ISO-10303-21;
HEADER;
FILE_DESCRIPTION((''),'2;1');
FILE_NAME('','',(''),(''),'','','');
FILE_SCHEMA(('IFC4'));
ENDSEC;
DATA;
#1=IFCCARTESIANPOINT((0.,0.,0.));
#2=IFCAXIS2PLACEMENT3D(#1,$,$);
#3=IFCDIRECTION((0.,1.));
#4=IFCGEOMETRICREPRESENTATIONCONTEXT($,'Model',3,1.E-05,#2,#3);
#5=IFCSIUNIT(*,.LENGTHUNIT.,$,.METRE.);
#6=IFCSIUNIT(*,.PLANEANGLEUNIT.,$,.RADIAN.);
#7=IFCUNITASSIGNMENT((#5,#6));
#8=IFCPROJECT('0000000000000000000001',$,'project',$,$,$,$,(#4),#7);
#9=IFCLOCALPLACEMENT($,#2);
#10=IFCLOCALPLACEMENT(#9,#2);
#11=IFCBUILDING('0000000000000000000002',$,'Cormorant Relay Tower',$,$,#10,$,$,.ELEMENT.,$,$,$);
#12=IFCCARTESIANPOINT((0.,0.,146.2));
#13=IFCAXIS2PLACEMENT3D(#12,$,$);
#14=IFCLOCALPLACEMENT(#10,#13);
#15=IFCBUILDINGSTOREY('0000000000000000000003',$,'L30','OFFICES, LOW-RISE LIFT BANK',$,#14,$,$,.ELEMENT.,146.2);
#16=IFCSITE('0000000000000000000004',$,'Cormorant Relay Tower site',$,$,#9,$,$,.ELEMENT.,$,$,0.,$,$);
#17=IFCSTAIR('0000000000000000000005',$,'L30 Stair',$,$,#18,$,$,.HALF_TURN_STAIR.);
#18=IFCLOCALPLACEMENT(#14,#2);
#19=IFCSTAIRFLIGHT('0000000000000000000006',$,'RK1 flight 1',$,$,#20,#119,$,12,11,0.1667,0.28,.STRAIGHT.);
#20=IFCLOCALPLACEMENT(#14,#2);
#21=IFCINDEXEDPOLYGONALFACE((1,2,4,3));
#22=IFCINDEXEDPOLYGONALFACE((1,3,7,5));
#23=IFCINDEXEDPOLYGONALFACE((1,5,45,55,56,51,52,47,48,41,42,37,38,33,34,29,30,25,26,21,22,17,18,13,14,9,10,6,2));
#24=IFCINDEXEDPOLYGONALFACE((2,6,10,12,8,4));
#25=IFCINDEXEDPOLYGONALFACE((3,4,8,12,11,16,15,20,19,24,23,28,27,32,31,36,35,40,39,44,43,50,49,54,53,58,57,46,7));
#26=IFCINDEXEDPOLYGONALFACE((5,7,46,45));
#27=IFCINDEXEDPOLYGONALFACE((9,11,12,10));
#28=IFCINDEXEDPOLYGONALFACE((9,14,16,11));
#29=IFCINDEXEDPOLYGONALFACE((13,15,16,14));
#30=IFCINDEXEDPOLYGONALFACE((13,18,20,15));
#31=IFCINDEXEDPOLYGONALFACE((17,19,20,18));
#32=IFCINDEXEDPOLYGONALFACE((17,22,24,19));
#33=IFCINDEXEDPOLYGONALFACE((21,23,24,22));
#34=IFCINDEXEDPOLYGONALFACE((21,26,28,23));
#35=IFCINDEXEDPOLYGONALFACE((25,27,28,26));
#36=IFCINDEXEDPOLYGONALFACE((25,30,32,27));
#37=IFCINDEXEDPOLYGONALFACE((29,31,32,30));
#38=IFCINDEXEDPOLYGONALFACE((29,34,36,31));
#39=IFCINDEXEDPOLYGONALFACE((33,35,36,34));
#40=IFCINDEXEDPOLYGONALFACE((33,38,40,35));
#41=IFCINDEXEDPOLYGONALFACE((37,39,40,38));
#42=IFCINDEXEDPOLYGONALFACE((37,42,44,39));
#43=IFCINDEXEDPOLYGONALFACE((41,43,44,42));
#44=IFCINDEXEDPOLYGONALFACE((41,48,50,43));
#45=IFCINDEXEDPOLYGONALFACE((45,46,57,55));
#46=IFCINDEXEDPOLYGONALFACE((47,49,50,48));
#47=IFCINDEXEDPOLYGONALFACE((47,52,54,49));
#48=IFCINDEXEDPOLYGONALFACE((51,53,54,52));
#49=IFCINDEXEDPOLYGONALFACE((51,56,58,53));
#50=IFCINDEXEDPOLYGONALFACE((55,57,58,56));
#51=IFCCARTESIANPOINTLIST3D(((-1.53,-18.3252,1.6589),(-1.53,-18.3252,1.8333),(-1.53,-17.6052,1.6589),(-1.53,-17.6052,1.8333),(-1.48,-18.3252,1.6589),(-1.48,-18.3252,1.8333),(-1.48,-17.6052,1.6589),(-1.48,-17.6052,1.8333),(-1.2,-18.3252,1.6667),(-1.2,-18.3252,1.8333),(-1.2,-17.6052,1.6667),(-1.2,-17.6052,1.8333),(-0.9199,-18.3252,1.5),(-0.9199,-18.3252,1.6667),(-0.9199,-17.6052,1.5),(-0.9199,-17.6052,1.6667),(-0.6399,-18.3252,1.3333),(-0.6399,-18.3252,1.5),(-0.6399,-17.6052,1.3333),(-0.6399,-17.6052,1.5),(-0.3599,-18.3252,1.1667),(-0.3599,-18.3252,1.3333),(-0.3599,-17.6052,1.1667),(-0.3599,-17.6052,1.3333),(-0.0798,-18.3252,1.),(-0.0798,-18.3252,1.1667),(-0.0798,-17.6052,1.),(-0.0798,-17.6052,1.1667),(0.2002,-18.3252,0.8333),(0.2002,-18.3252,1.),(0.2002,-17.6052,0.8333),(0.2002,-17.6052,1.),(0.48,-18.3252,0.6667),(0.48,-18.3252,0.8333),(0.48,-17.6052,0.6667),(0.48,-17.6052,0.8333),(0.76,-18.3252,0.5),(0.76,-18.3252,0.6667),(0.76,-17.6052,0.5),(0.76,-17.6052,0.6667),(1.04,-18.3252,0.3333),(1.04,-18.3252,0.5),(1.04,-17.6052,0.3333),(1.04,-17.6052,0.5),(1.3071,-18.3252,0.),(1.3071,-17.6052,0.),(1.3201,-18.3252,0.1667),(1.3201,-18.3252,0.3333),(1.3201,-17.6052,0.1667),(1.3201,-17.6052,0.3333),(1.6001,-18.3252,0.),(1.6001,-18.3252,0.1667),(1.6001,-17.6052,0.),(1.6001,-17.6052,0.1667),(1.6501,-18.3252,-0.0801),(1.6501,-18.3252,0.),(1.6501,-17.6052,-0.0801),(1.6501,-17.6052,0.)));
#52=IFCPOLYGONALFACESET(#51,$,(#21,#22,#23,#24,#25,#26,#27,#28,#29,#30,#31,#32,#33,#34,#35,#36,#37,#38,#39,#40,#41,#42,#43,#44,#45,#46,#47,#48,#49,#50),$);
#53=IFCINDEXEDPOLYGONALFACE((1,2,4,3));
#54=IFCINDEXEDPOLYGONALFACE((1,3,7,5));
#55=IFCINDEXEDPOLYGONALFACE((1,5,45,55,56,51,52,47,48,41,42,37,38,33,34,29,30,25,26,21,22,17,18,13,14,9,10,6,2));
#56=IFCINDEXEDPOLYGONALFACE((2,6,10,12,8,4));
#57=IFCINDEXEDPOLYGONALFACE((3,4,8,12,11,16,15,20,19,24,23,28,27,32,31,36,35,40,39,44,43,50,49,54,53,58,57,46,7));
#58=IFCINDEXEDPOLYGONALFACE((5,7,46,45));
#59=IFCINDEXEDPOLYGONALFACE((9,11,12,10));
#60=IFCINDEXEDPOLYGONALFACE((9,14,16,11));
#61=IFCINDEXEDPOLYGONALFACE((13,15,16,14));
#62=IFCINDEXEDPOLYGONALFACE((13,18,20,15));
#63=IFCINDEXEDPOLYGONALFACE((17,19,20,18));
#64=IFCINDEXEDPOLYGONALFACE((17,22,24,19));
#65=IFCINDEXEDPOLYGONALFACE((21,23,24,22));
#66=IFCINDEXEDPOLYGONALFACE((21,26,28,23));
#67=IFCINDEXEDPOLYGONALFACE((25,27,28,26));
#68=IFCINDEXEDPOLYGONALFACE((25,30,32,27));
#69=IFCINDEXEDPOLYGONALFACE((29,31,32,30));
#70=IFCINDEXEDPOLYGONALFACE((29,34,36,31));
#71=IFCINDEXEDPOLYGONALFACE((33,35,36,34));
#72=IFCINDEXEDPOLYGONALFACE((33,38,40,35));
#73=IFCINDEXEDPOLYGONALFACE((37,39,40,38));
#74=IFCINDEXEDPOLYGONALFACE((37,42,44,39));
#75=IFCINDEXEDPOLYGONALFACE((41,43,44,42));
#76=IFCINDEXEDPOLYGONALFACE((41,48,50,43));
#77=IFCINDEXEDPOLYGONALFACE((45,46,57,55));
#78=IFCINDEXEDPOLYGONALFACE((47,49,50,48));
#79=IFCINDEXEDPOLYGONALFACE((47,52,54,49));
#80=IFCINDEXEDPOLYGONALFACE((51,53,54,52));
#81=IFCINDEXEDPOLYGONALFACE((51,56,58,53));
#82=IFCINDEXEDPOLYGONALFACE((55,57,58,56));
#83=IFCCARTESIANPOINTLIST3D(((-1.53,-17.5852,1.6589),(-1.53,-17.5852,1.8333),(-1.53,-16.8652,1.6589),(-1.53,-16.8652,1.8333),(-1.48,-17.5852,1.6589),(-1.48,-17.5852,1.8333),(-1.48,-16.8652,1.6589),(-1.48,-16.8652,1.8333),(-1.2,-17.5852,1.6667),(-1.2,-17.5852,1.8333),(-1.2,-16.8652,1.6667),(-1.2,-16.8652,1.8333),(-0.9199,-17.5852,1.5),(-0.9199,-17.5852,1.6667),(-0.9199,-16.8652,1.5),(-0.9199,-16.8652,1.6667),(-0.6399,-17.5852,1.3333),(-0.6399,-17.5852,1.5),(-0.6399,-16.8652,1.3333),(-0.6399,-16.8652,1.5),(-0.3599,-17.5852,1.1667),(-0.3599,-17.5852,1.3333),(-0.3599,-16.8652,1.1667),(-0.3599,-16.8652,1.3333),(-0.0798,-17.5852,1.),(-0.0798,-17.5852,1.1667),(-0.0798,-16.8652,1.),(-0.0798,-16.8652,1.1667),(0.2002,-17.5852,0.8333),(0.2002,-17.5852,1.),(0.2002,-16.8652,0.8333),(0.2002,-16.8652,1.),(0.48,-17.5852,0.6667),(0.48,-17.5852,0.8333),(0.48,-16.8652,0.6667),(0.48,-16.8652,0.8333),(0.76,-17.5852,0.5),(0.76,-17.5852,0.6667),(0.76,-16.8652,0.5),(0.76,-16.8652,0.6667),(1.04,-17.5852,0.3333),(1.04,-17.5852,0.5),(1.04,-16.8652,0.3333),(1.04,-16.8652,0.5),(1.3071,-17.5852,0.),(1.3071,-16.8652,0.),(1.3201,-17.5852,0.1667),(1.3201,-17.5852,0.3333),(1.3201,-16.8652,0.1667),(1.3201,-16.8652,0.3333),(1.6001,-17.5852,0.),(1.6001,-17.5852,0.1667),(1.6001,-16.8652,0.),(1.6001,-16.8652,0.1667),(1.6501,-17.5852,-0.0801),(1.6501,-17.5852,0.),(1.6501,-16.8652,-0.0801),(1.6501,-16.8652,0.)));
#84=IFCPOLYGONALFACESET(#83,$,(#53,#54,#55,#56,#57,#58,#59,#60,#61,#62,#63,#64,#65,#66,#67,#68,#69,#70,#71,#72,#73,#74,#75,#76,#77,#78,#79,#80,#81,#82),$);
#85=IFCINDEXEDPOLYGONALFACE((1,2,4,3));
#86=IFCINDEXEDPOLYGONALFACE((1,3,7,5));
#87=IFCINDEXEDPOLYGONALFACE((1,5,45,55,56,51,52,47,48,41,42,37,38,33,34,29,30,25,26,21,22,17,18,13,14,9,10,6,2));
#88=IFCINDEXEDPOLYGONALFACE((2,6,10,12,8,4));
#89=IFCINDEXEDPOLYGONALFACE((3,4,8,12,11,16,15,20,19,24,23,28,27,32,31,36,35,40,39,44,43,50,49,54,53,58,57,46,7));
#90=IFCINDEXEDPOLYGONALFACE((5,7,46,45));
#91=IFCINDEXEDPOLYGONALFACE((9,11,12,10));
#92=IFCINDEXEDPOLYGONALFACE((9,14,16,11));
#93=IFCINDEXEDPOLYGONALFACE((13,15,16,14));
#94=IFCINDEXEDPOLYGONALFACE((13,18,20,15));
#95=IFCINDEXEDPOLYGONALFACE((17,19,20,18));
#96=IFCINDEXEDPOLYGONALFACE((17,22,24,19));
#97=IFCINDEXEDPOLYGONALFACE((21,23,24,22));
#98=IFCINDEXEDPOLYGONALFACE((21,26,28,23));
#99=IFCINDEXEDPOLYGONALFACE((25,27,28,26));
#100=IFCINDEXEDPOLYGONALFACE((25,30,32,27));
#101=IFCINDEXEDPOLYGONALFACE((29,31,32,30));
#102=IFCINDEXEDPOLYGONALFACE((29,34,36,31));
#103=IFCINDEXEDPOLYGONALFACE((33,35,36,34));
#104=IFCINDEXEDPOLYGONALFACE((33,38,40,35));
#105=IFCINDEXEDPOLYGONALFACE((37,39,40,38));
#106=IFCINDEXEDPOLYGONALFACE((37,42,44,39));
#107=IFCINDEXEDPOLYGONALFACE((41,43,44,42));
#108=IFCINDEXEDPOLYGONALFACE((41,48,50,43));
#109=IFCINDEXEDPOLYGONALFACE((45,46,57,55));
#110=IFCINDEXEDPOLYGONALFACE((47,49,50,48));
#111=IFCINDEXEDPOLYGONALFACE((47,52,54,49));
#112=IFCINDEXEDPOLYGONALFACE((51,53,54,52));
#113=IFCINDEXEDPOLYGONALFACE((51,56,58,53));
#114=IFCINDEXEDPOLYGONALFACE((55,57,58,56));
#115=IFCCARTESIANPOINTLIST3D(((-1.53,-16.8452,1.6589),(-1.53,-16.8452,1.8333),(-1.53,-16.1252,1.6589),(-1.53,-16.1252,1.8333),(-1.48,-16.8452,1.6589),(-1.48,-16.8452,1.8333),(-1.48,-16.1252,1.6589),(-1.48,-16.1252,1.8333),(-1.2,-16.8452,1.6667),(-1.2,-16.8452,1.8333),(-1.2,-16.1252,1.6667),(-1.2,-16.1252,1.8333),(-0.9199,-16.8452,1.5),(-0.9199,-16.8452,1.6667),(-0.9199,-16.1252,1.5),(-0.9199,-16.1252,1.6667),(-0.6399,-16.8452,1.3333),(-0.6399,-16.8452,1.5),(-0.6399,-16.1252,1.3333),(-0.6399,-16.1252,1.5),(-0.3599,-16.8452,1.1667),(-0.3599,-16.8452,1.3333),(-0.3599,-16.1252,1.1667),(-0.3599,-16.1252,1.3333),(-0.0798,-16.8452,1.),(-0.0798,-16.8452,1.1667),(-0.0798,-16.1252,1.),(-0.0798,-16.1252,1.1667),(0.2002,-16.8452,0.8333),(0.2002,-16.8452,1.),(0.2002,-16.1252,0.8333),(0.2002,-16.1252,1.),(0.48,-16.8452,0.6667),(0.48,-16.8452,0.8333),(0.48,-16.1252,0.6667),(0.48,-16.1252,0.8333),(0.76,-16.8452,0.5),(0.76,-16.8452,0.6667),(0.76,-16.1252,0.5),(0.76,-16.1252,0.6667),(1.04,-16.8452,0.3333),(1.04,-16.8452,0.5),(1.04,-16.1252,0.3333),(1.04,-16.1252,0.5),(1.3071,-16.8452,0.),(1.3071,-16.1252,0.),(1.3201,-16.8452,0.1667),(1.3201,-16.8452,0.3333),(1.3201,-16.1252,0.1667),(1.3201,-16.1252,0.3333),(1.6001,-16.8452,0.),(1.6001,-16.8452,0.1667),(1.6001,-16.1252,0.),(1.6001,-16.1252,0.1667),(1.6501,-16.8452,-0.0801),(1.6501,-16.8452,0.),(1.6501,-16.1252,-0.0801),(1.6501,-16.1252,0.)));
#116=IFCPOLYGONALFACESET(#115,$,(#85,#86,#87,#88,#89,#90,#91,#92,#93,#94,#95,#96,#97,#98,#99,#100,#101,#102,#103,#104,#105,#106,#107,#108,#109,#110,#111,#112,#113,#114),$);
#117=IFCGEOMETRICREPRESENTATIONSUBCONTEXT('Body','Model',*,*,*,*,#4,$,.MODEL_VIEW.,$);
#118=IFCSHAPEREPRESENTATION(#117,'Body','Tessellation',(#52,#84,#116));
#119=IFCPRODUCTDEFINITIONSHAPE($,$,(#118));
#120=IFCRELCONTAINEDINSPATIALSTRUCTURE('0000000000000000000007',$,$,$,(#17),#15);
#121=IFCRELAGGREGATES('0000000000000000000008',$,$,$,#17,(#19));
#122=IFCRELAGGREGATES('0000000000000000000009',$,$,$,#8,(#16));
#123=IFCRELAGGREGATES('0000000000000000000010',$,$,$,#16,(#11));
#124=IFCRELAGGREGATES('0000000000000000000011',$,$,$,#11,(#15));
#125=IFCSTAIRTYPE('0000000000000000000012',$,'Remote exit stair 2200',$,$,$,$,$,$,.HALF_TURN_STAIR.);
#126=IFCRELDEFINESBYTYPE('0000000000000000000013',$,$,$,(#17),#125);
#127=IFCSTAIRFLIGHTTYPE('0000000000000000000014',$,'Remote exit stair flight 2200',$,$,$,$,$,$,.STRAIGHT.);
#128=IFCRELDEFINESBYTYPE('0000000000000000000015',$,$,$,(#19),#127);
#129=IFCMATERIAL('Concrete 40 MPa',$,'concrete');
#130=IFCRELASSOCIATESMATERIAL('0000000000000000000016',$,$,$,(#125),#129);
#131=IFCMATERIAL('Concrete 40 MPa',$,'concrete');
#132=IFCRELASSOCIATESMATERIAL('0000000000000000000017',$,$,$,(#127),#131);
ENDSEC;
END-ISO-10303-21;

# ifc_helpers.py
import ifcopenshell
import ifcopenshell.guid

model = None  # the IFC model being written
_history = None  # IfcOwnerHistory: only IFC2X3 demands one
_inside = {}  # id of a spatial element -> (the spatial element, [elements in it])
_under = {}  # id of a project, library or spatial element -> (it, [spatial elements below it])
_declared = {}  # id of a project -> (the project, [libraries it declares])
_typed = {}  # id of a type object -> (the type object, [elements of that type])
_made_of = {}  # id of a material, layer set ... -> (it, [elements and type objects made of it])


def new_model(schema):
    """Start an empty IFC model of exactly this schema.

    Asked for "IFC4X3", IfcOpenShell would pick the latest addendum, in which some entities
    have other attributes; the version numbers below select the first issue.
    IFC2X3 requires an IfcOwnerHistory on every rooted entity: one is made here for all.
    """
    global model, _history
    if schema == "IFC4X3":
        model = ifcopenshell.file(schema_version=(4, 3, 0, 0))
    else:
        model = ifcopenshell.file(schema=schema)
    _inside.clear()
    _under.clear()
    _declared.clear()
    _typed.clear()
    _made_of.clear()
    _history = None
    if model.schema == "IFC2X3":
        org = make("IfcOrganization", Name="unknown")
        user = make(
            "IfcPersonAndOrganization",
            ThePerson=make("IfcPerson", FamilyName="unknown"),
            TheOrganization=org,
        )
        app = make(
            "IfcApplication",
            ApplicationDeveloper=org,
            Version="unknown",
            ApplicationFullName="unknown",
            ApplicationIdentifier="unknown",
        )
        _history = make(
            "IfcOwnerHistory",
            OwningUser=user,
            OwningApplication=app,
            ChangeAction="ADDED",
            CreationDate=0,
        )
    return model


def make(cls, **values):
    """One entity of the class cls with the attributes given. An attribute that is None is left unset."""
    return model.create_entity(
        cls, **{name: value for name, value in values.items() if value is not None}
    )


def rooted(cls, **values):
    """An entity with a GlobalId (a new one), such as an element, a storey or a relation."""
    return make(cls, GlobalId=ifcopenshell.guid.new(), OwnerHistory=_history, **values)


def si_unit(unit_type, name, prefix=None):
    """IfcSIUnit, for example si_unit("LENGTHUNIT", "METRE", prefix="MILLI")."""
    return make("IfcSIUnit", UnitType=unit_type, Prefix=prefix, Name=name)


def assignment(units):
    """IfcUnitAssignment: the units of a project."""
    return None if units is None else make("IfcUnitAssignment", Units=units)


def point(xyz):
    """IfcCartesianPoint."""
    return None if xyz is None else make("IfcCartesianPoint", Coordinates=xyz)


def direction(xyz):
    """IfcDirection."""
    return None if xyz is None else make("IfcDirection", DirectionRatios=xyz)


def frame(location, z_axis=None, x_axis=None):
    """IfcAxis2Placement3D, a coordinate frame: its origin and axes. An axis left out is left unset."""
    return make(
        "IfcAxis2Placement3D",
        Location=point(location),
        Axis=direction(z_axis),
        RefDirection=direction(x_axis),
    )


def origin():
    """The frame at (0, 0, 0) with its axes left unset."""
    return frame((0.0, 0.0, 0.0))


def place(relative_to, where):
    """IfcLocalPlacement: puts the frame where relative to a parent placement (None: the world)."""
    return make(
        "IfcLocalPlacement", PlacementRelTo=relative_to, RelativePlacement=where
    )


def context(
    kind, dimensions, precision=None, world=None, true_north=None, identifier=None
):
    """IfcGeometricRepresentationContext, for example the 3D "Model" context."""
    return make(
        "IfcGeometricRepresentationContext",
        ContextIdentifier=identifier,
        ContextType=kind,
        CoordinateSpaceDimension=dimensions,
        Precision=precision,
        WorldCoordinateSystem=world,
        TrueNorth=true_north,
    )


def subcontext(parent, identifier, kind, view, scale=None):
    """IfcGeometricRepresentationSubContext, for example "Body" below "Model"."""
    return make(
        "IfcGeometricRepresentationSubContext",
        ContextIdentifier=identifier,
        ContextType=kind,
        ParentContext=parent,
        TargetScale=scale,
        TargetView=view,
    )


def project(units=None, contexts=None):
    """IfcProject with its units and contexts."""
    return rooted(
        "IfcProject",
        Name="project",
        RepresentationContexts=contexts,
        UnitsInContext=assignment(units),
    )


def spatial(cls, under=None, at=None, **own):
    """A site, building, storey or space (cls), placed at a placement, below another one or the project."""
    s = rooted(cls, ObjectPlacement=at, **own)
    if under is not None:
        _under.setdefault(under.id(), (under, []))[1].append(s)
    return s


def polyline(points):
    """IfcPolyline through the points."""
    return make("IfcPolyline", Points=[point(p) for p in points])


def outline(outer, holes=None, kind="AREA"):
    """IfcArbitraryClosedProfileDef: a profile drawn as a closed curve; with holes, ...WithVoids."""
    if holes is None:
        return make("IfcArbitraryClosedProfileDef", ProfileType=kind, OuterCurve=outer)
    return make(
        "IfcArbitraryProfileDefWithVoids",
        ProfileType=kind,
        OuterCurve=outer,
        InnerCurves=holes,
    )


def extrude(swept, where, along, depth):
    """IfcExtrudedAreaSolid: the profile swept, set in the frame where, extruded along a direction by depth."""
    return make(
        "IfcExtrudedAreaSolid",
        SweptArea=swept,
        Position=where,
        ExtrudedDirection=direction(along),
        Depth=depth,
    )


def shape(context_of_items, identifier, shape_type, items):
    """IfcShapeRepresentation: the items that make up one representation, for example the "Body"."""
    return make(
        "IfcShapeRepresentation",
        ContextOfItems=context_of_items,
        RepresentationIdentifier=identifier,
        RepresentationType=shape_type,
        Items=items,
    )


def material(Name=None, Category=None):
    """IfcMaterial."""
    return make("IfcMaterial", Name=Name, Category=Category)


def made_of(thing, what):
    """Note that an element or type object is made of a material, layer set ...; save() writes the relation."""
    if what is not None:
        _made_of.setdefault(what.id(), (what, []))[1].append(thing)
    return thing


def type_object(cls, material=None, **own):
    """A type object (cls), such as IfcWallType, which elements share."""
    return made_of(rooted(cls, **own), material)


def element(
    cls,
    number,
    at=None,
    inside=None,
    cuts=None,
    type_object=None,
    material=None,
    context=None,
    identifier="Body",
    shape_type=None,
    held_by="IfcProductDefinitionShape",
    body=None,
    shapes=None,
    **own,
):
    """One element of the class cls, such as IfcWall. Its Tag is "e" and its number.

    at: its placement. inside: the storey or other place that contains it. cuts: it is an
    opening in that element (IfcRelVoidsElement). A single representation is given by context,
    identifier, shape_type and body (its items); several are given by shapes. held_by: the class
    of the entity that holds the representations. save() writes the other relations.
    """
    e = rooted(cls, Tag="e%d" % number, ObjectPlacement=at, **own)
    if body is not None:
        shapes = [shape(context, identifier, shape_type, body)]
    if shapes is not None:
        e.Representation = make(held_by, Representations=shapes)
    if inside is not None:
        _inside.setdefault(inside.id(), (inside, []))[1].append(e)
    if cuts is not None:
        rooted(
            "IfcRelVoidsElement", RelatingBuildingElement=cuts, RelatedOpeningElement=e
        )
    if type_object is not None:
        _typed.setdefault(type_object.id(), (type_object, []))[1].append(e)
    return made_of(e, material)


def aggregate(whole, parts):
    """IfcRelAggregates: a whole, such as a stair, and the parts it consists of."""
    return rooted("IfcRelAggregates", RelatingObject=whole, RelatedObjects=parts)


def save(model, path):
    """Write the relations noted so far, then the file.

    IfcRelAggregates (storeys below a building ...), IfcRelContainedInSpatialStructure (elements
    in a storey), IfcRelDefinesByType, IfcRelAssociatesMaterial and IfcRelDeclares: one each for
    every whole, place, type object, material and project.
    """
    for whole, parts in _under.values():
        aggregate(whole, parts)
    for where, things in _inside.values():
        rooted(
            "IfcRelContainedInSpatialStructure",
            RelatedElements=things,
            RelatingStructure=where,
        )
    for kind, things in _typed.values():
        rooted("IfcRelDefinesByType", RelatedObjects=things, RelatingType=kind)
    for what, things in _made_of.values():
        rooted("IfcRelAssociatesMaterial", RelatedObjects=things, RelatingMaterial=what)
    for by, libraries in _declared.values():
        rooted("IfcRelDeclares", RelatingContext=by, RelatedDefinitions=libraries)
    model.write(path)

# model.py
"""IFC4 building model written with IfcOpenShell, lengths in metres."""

from ifc_helpers import new_model, si_unit, direction, frame, origin, place, context, subcontext, project, spatial, polyline, outline, extrude, material, type_object, element, aggregate, save


model = new_model("IFC4")

# Units and contexts
model_context = context("Model", 3, precision=1e-05, world=origin(), true_north=direction((0.0, 1.0)))
body_context = subcontext(model_context, "Body", "Model", "MODEL_VIEW")
ifc_project = project(units=[si_unit("LENGTHUNIT", "METRE"), si_unit("PLANEANGLEUNIT", "RADIAN")], contexts=[model_context])

# Site, building, storey
site_placement = place(None, origin())
site = spatial("IfcSite", under=ifc_project, at=site_placement, Name="Cormorant Relay Tower site", CompositionType="ELEMENT", RefElevation=0.0)
building_placement = place(site_placement, origin())
building = spatial("IfcBuilding", under=site, at=building_placement, Name="Cormorant Relay Tower", CompositionType="ELEMENT")
storey_placement = place(building_placement, frame((0.0, 0.0, 146.2)))
storey = spatial("IfcBuildingStorey", under=building, at=storey_placement, Name="L30", Description="OFFICES, LOW-RISE LIFT BANK", CompositionType="ELEMENT", Elevation=146.2)

# Stair, stair flight
ifc_material_1 = material(Name="Concrete 40 MPa", Category="concrete")
stair_type = type_object("IfcStairType", Name="Remote exit stair 2200", PredefinedType="HALF_TURN_STAIR", material=ifc_material_1)
stair_placement = place(storey_placement, origin())
stair = element("IfcStair", 1, at=stair_placement, inside=storey, type_object=stair_type, Name="L30 Stair", PredefinedType="HALF_TURN_STAIR")
ifc_material_2 = material(Name="Concrete 40 MPa", Category="concrete")
stair_flight_type = type_object("IfcStairFlightType", Name="Remote exit stair flight 2200", PredefinedType="STRAIGHT", material=ifc_material_2)
stair_flight_1_placement = place(storey_placement, frame((1.6001, -17.2251, 0.0), z_axis=(0.0, 0.0, 1.0), x_axis=(-1.0, 0.0, 0.0)))
stair_flight_1 = element("IfcStairFlight", 2, at=stair_flight_1_placement, type_object=stair_flight_type, Name="RK1 flight 1", NumberOfRisers=12, NumberOfTreads=11, PredefinedType="STRAIGHT", RiserHeight=0.1667, TreadLength=0.28, context=body_context, shape_type="SweptSolid", body=[
    extrude(outline(polyline([(-0.05, -0.0801), (-0.05, 0.0), (0.0, 0.0), (0.0, 0.1667), (0.28, 0.1667), (0.28, 0.3333), (0.5601, 0.3333), (0.5601, 0.5), (0.8401, 0.5), (0.8401, 0.6667), (1.1201, 0.6667), (1.1201, 0.8333), (1.3999, 0.8333), (1.3999, 1.0), (1.6799, 1.0), (1.6799, 1.1667), (1.96, 1.1667), (1.96, 1.3333), (2.24, 1.3333), (2.24, 1.5), (2.52, 1.5), (2.52, 1.6667), (2.8, 1.6667), (2.8, 1.8333), (3.0801, 1.8333), (3.1301, 1.8333), (3.1301, 1.6589), (3.0801, 1.6589), (0.293, 0.0), (-0.05, -0.0801)])), frame((0.0, 1.1001, 0.0), z_axis=(0.0, -1.0, 0.0), x_axis=(1.0, 0.0, 0.0)), (0.0, 0.0, 1.0), 0.72),
    extrude(outline(polyline([(-0.05, -0.0801), (-0.05, 0.0), (0.0, 0.0), (0.0, 0.1667), (0.28, 0.1667), (0.28, 0.3333), (0.5601, 0.3333), (0.5601, 0.5), (0.8401, 0.5), (0.8401, 0.6667), (1.1201, 0.6667), (1.1201, 0.8333), (1.3999, 0.8333), (1.3999, 1.0), (1.6799, 1.0), (1.6799, 1.1667), (1.96, 1.1667), (1.96, 1.3333), (2.24, 1.3333), (2.24, 1.5), (2.52, 1.5), (2.52, 1.6667), (2.8, 1.6667), (2.8, 1.8333), (3.0801, 1.8333), (3.1301, 1.8333), (3.1301, 1.6589), (3.0801, 1.6589), (0.293, 0.0), (-0.05, -0.0801)])), frame((0.0, 0.3601, 0.0), z_axis=(0.0, -1.0, 0.0), x_axis=(1.0, 0.0, 0.0)), (0.0, 0.0, 1.0), 0.72),
    extrude(outline(polyline([(-0.05, -0.0801), (-0.05, 0.0), (0.0, 0.0), (0.0, 0.1667), (0.28, 0.1667), (0.28, 0.3333), (0.5601, 0.3333), (0.5601, 0.5), (0.8401, 0.5), (0.8401, 0.6667), (1.1201, 0.6667), (1.1201, 0.8333), (1.3999, 0.8333), (1.3999, 1.0), (1.6799, 1.0), (1.6799, 1.1667), (1.96, 1.1667), (1.96, 1.3333), (2.24, 1.3333), (2.24, 1.5), (2.52, 1.5), (2.52, 1.6667), (2.8, 1.6667), (2.8, 1.8333), (3.0801, 1.8333), (3.1301, 1.8333), (3.1301, 1.6589), (3.0801, 1.6589), (0.293, 0.0), (-0.05, -0.0801)])), frame((0.0, -0.3799, 0.0), z_axis=(0.0, -1.0, 0.0), x_axis=(1.0, 0.0, 0.0)), (0.0, 0.0, 1.0), 0.72),
])
aggregate(stair, [stair_flight_1])

save(model, "model.ifc")
